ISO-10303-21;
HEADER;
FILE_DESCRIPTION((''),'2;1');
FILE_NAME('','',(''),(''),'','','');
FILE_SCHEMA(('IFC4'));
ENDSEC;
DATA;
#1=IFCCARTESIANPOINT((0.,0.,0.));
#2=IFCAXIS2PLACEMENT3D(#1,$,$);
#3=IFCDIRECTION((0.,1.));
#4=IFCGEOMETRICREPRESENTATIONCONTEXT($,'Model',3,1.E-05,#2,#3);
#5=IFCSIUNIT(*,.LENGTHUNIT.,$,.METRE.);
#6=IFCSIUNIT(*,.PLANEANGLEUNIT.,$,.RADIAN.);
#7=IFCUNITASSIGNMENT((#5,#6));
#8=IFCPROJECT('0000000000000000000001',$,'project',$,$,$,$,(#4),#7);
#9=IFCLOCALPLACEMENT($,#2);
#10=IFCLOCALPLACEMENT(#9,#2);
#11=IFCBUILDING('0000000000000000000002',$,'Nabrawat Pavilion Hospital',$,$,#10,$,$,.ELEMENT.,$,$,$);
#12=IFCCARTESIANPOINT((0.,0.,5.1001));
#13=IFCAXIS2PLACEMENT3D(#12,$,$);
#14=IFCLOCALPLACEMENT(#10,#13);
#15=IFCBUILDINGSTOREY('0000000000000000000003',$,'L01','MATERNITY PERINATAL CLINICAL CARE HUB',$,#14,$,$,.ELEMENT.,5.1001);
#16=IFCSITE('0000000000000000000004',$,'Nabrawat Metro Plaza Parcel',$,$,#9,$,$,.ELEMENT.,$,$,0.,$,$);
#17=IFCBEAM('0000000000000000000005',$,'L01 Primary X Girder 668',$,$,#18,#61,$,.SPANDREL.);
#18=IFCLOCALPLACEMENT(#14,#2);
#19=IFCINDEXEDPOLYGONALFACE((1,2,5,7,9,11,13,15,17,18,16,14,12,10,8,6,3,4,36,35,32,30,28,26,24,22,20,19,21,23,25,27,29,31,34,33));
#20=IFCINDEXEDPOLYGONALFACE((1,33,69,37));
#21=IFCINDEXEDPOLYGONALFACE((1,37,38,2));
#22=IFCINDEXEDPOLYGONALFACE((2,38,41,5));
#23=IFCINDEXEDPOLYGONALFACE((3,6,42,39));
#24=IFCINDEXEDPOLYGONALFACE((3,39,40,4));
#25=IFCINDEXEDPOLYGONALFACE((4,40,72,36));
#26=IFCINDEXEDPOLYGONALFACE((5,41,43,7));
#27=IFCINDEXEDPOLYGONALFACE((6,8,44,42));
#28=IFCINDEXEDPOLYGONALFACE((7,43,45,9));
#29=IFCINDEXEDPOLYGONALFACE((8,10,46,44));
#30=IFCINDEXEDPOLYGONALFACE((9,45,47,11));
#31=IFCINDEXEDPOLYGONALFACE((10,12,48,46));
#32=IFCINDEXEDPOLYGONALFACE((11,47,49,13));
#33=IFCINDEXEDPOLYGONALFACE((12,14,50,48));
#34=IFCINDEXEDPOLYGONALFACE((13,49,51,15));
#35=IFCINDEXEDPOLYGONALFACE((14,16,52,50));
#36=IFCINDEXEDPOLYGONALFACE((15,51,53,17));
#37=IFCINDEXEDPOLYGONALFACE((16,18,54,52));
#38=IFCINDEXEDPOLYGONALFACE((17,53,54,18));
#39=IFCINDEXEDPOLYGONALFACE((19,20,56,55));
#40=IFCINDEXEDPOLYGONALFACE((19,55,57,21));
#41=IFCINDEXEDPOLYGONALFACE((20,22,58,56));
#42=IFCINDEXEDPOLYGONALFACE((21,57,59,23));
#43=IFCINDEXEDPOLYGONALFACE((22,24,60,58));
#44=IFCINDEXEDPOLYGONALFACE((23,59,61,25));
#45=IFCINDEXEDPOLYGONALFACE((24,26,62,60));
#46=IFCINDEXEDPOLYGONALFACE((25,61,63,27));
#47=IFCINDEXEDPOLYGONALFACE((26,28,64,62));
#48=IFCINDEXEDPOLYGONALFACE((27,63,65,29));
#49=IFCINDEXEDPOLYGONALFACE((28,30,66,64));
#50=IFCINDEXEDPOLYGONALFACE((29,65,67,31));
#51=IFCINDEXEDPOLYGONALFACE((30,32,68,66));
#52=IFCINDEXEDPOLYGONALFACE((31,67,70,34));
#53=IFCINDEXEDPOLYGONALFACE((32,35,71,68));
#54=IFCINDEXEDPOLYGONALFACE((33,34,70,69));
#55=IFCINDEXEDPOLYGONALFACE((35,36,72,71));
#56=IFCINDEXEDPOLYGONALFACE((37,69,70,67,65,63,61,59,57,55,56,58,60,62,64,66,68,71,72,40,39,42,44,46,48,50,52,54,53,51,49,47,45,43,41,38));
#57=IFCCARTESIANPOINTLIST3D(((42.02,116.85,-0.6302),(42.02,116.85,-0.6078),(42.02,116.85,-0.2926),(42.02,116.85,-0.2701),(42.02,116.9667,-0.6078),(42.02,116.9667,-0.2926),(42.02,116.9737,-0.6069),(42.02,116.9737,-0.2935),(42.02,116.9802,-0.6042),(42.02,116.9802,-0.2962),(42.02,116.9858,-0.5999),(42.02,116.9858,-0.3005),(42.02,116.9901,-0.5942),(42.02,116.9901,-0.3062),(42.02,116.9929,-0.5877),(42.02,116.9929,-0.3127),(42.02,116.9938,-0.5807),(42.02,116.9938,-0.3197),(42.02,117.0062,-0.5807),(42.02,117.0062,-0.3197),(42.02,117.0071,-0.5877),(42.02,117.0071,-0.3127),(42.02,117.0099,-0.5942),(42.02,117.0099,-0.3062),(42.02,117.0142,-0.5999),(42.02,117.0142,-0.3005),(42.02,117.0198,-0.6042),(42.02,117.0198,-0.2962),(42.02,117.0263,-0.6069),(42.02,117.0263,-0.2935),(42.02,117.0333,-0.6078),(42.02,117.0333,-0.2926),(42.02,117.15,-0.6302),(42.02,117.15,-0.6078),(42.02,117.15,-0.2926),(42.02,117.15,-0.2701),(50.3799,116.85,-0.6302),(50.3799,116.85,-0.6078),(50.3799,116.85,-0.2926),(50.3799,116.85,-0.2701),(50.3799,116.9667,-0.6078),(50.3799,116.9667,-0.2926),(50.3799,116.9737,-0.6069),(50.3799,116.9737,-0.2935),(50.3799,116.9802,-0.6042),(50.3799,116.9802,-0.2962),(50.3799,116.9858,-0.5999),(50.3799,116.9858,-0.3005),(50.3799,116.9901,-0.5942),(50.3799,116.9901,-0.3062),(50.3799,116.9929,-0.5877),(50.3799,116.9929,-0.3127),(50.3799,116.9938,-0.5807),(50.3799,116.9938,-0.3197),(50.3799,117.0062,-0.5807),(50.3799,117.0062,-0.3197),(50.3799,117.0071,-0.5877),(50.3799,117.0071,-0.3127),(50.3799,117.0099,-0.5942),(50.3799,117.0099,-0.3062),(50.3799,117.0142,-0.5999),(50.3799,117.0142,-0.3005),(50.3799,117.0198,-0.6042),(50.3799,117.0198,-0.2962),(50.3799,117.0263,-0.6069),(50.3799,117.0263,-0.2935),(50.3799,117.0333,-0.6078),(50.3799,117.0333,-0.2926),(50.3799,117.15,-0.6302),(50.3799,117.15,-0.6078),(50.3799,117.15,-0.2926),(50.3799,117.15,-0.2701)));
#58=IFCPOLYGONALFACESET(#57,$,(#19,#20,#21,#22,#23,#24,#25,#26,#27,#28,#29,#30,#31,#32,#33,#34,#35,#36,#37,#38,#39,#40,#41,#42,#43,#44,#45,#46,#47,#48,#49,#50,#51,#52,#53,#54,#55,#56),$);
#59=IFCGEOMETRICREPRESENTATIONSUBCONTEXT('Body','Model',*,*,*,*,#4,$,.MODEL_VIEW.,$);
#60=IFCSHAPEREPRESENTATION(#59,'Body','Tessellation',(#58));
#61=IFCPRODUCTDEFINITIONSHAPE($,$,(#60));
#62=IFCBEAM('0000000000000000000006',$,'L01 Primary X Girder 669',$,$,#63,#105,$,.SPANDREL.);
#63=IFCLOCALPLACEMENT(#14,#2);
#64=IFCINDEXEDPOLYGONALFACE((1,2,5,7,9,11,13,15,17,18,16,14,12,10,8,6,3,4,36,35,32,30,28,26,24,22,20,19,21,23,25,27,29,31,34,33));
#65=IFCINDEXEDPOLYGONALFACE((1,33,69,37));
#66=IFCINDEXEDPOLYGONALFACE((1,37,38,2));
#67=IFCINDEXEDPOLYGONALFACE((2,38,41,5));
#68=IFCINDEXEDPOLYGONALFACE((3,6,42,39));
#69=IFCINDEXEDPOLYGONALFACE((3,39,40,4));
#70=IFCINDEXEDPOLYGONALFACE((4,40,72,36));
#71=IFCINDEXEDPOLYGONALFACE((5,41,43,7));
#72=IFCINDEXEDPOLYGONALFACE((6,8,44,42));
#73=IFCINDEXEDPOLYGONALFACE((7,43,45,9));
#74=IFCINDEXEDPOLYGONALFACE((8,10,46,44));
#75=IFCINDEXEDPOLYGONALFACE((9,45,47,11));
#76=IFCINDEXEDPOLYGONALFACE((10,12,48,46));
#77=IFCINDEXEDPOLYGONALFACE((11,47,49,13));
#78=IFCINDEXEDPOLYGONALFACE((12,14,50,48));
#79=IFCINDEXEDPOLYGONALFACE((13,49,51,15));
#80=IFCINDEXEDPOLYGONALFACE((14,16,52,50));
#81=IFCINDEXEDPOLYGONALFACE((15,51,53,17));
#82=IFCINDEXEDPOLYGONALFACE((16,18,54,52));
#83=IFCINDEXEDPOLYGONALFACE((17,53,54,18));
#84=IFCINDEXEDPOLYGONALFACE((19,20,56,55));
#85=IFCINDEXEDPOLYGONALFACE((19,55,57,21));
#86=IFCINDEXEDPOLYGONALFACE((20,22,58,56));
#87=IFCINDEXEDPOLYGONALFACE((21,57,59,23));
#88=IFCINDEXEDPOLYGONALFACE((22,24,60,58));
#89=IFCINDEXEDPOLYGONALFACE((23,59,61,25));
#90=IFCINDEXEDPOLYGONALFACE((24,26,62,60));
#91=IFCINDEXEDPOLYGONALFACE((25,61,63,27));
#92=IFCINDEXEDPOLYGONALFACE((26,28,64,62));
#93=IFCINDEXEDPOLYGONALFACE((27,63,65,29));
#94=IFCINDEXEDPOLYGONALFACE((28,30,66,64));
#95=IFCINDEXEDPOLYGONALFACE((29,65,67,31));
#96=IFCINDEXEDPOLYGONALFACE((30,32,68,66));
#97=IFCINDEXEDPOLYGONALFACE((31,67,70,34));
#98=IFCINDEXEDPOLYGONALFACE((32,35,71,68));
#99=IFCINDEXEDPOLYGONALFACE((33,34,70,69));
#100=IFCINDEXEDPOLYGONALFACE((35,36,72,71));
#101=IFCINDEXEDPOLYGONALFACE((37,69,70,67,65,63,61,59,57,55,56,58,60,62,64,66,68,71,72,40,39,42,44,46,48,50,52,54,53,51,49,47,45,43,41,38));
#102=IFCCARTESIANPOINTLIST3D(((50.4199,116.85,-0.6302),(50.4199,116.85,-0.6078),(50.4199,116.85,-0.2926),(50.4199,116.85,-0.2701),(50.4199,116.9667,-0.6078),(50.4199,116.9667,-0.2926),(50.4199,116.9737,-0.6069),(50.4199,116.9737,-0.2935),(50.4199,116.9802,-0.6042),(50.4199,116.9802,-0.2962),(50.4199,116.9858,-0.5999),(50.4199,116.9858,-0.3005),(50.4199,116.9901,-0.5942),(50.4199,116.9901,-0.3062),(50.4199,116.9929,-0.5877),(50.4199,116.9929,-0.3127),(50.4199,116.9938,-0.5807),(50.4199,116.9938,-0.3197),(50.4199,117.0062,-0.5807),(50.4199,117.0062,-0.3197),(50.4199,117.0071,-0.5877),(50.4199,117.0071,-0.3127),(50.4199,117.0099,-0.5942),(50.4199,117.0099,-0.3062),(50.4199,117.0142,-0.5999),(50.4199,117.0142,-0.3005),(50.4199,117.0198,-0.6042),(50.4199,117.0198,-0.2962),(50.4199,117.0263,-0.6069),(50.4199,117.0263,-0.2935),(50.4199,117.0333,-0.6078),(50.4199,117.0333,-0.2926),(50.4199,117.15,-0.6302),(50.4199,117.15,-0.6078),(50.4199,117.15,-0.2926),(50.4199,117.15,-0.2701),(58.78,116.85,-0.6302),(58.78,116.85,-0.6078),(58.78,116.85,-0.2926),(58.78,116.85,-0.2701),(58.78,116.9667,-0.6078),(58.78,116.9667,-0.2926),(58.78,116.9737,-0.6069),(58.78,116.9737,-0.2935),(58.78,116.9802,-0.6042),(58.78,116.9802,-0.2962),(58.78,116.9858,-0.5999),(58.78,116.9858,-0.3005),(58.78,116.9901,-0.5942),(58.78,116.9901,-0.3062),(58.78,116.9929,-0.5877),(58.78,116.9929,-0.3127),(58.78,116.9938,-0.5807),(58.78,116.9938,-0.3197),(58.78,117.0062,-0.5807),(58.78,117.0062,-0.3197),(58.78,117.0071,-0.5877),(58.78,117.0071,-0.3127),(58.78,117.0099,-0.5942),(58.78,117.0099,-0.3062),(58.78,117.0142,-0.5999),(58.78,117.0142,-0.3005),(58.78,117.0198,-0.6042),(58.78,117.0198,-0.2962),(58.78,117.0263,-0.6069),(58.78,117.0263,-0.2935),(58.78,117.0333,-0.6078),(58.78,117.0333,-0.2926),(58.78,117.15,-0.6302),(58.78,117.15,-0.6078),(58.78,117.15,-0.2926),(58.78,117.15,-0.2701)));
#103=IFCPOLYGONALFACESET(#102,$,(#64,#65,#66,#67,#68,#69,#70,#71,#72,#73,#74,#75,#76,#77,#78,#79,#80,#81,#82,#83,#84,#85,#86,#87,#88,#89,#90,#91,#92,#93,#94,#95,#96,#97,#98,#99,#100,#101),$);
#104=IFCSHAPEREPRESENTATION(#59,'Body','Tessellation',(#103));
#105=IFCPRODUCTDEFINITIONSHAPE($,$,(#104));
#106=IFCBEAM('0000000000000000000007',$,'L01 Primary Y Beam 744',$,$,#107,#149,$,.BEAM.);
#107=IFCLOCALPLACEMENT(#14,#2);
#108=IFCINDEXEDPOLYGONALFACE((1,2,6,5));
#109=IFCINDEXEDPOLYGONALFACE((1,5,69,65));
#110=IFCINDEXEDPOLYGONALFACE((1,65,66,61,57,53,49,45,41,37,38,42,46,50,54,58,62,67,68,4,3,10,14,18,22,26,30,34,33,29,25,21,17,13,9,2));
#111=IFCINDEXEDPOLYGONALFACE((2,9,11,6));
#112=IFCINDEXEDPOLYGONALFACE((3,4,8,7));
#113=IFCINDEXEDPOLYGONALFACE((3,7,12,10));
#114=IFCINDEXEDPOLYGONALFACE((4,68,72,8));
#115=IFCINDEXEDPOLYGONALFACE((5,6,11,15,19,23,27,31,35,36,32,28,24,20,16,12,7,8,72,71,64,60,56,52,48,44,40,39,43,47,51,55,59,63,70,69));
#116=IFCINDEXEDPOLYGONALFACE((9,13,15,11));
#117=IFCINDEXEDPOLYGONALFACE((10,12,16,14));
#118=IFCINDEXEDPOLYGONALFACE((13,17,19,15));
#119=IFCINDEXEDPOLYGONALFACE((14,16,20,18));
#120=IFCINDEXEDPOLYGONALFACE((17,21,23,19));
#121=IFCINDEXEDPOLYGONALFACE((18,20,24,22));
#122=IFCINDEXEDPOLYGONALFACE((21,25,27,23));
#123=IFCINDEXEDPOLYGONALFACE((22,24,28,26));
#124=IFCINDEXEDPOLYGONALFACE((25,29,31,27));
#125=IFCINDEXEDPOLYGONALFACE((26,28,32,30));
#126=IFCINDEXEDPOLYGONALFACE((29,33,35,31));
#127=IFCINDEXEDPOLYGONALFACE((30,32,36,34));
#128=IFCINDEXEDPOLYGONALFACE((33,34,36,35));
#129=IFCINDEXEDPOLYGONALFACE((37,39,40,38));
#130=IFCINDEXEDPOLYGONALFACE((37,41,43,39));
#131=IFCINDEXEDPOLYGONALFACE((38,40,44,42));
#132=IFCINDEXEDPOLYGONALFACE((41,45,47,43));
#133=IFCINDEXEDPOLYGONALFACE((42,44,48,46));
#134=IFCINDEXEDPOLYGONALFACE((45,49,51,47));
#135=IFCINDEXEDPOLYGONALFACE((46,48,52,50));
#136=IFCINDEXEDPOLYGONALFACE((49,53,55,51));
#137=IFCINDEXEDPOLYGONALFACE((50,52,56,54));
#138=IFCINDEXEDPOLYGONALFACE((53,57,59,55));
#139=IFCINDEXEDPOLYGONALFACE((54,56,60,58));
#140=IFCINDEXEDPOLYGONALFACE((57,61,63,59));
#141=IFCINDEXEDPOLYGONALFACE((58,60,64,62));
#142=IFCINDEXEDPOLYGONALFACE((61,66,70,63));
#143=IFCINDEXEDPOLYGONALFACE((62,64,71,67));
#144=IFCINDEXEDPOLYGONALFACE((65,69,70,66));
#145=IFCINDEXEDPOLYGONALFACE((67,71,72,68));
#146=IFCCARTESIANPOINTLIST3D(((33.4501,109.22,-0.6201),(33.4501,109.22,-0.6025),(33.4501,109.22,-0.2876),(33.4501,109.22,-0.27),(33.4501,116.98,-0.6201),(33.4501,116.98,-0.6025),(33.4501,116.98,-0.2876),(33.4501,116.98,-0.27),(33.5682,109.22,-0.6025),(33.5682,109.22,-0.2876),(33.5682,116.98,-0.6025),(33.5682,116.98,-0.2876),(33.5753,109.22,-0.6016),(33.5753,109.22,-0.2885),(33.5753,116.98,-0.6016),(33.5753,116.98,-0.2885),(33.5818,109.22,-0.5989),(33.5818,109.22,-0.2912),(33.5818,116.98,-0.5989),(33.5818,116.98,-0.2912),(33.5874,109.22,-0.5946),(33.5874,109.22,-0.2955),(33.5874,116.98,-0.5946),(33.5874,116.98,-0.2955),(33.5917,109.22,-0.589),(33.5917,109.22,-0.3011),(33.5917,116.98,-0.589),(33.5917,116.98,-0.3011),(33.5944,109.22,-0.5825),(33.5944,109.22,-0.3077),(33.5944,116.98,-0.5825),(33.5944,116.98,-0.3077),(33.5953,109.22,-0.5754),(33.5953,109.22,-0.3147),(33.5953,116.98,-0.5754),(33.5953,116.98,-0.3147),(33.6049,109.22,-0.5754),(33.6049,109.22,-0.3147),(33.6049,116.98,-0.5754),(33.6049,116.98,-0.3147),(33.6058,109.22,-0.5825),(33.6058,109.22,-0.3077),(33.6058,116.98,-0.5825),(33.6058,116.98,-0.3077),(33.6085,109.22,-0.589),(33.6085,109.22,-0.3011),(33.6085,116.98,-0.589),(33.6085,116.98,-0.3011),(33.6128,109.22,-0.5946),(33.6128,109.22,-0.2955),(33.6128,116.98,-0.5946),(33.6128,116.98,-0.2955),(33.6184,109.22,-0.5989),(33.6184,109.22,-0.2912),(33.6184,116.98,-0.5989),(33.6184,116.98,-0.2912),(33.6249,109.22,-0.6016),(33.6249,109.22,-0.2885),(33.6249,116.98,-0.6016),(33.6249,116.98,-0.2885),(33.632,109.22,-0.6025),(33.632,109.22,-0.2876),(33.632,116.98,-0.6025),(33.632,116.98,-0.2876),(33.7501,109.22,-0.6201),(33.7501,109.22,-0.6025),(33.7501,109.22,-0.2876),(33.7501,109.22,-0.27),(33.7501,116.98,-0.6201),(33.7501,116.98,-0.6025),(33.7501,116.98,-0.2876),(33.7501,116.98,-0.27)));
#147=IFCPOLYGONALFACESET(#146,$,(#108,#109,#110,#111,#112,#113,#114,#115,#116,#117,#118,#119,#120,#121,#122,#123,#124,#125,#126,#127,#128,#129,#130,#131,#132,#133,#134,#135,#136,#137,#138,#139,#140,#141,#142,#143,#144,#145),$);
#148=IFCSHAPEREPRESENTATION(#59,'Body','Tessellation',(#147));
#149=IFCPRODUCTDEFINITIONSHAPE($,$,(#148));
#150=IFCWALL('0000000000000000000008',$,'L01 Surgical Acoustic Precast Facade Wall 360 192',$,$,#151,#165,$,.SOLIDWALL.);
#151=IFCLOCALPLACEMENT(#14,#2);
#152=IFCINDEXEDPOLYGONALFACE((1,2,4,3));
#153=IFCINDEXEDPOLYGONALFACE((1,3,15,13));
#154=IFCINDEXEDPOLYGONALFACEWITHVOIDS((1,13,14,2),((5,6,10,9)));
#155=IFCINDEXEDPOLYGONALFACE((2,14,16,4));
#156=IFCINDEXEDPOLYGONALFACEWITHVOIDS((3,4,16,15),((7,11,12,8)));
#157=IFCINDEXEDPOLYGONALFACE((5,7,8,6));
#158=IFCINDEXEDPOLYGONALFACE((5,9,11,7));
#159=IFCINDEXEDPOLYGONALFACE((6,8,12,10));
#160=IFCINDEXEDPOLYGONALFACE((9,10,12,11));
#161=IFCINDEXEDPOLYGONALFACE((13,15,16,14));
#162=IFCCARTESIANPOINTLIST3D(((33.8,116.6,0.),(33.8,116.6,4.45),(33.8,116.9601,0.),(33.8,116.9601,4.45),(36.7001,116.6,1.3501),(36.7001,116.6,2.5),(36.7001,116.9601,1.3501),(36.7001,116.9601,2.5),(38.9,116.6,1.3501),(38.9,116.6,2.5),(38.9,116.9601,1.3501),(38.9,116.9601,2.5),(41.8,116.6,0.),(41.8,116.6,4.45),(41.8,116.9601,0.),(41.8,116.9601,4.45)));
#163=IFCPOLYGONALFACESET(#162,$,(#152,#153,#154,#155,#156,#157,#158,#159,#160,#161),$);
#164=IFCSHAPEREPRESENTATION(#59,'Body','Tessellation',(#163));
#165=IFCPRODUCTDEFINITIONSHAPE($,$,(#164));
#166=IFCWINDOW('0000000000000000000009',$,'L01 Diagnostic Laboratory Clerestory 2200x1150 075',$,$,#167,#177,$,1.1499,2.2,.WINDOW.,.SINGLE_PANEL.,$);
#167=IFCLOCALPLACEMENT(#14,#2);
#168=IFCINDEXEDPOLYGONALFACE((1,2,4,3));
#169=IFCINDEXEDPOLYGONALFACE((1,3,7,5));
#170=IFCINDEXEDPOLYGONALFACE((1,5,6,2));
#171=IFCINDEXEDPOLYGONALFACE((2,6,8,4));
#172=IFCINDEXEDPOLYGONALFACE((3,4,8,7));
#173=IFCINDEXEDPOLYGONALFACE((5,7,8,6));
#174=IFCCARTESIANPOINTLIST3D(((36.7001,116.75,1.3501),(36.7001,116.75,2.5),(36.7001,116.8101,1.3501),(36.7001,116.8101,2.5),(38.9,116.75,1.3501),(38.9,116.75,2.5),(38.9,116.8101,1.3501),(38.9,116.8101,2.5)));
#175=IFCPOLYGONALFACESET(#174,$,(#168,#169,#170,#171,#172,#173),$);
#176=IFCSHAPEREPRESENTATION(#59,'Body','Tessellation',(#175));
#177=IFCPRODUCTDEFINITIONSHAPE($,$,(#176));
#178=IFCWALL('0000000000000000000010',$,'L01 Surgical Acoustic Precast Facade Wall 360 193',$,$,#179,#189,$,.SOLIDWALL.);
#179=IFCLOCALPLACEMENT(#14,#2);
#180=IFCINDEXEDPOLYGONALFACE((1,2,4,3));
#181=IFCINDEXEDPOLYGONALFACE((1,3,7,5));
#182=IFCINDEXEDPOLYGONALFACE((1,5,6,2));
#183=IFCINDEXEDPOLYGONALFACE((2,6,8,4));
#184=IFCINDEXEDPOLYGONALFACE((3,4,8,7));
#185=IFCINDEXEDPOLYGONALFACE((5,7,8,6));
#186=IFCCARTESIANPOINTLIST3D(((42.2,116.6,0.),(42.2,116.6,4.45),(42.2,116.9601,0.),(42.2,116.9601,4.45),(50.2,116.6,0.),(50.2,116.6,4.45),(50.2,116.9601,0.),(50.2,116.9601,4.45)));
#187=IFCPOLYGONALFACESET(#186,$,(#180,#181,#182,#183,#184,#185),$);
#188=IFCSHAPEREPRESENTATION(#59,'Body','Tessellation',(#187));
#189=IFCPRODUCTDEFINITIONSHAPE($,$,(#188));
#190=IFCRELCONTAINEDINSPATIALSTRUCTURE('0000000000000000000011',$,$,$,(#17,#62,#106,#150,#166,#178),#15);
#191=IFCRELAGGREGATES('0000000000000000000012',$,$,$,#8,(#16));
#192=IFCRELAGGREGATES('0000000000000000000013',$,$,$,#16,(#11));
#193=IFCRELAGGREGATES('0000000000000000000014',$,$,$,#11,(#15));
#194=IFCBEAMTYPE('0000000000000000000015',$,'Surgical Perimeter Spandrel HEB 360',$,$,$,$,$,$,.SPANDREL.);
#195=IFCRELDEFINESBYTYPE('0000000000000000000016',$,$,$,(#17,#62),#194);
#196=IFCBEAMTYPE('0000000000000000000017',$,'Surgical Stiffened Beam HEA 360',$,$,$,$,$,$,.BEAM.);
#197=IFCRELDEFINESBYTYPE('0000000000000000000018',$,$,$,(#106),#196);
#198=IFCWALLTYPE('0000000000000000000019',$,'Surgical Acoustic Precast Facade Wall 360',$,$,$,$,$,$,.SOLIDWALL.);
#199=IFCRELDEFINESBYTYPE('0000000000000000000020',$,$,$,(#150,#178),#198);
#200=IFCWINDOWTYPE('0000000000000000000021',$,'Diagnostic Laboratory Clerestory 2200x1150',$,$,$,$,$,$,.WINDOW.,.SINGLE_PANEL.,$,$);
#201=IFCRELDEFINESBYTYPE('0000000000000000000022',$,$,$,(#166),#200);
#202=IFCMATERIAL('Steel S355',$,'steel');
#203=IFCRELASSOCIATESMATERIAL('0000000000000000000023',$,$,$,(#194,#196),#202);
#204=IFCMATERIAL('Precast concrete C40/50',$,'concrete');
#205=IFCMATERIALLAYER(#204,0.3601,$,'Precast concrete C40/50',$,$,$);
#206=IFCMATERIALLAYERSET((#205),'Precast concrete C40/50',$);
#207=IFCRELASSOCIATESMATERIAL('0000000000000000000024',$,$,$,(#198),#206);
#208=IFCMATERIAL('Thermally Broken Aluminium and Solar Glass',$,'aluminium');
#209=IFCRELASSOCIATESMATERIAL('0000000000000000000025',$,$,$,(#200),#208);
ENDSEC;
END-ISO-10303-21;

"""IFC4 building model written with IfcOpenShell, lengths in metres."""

from ifc_helpers import new_model, si_unit, direction, frame, frame_2d, origin, origin_2d, place, context, subcontext, project, spatial, rectangle, i_section, extrude, material, layer, layer_set, material_profile, profile_set, type_object, element, fill, save


model = new_model("IFC4")

# Units and contexts
model_context = context("Model", 3, precision=1e-05, world=origin(), true_north=direction((0.0, 1.0)))
body_context = subcontext(model_context, "Body", "Model", "MODEL_VIEW")
ifc_project = project(units=[si_unit("LENGTHUNIT", "METRE"), si_unit("PLANEANGLEUNIT", "RADIAN")], contexts=[model_context])

# Site, building, storey
site_placement = place(None, origin())
site = spatial("IfcSite", under=ifc_project, at=site_placement, Name="Nabrawat Metro Plaza Parcel", CompositionType="ELEMENT", RefElevation=0.0)
building_placement = place(site_placement, origin())
building = spatial("IfcBuilding", under=site, at=building_placement, Name="Nabrawat Pavilion Hospital", CompositionType="ELEMENT")
storey_placement = place(building_placement, frame((0.0, 0.0, 5.1001)))
storey = spatial("IfcBuildingStorey", under=building, at=storey_placement, Name="L01", Description="MATERNITY PERINATAL CLINICAL CARE HUB", CompositionType="ELEMENT", Elevation=5.1001)

# Shared definitions
ifc_material_1 = material(Name="Steel S355", Category="steel")

# Beams
ifc_material_profile_1 = material_profile(ifc_material_1, i_section(OverallWidth=0.3, OverallDepth=0.3601, WebThickness=0.0125, FlangeThickness=0.0225, FilletRadius=0.0271, at=origin_2d()), Name="HEB 360")
ifc_profile_set_1 = profile_set([ifc_material_profile_1], Name="Steel S355")
beam_type_1 = type_object("IfcBeamType", Name="Surgical Perimeter Spandrel HEB 360", PredefinedType="SPANDREL", material=ifc_profile_set_1)
for number, where, z_axis, x_axis, name in (
    (1, (42.02, 117.0, -0.4502), (1.0, 0.0, 0.0), (0.0, 1.0, 0.0), "L01 Primary X Girder 668"),
):
    element("IfcBeam", number, at=place(storey_placement, frame(where, z_axis=z_axis, x_axis=x_axis)), inside=storey, type_object=beam_type_1, Name=name, PredefinedType="SPANDREL", context=body_context, shape_type="SweptSolid", body=[
        extrude(i_section(OverallWidth=0.3, OverallDepth=0.3601, WebThickness=0.0125, FlangeThickness=0.0225, FilletRadius=0.0271, at=origin_2d()), origin(), (0.0, 0.0, 1.0), 8.3599),
    ])
beam_1_placement = place(storey_placement, frame((50.4199, 117.0, -0.4502), z_axis=(1.0, 0.0, 0.0), x_axis=(0.0, 1.0, 0.0)))
element("IfcBeam", 2, at=beam_1_placement, inside=storey, type_object=beam_type_1, Name="L01 Primary X Girder 669", PredefinedType="SPANDREL", context=body_context, shape_type="SweptSolid", body=[
    extrude(i_section(OverallWidth=0.3, OverallDepth=0.3601, WebThickness=0.0125, FlangeThickness=0.0225, FilletRadius=0.0271, at=origin_2d()), origin(), (0.0, 0.0, 1.0), 8.3601),
])
ifc_material_profile_2 = material_profile(ifc_material_1, i_section(OverallWidth=0.3, OverallDepth=0.3501, WebThickness=0.0095, FlangeThickness=0.0176, FilletRadius=0.0271, at=origin_2d()), Name="HEA 360")
ifc_profile_set_2 = profile_set([ifc_material_profile_2], Name="Steel S355")
beam_type_2 = type_object("IfcBeamType", Name="Surgical Stiffened Beam HEA 360", PredefinedType="BEAM", material=ifc_profile_set_2)
beam_2_placement = place(storey_placement, frame((33.6001, 109.22, -0.4451), z_axis=(0.0, 1.0, 0.0), x_axis=(-1.0, 0.0, 0.0)))
element("IfcBeam", 3, at=beam_2_placement, inside=storey, type_object=beam_type_2, Name="L01 Primary Y Beam 744", PredefinedType="BEAM", context=body_context, shape_type="SweptSolid", body=[
    extrude(i_section(OverallWidth=0.3, OverallDepth=0.3501, WebThickness=0.0095, FlangeThickness=0.0176, FilletRadius=0.0271, at=origin_2d()), origin(), (0.0, 0.0, 1.0), 7.76),
])

# Wall, opening, window
ifc_material_2 = material(Name="Precast concrete C40/50", Category="concrete")
ifc_layer = layer(ifc_material_2, 0.3601, Name="Precast concrete C40/50")
ifc_layer_set = layer_set([ifc_layer], Name="Precast concrete C40/50")
wall_type = type_object("IfcWallType", Name="Surgical Acoustic Precast Facade Wall 360", PredefinedType="SOLIDWALL", material=ifc_layer_set)
wall_1_placement = place(storey_placement, frame((33.8, 116.78, 0.0), z_axis=(0.0, 0.0, 1.0), x_axis=(1.0, 0.0, 0.0)))
wall_1 = element("IfcWall", 4, at=wall_1_placement, inside=storey, type_object=wall_type, Name="L01 Surgical Acoustic Precast Facade Wall 360 192", PredefinedType="SOLIDWALL", context=body_context, shape_type="SweptSolid", body=[
    extrude(rectangle(XDim=8.0, YDim=0.3601, at=frame_2d((4.0, 0.0))), origin(), (0.0, 0.0, 1.0), 4.45),
])
opening_placement = place(wall_1_placement, frame((2.8999, 0.0, 1.3501)))
opening = element("IfcOpeningElement", 5, at=opening_placement, cuts=wall_1, PredefinedType="OPENING", context=body_context, shape_type="SweptSolid", body=[
    extrude(rectangle(XDim=2.2, YDim=1.1499, at=frame_2d((1.1001, 0.575))), frame((0.0, 0.1899, 0.0), z_axis=(0.0, -1.0, 0.0), x_axis=(1.0, 0.0, 0.0)), (0.0, 0.0, 1.0), 0.3801),
])
ifc_material_3 = material(Name="Thermally Broken Aluminium and Solar Glass", Category="aluminium")
window_type = type_object("IfcWindowType", Name="Diagnostic Laboratory Clerestory 2200x1150", PartitioningType="SINGLE_PANEL", PredefinedType="WINDOW", material=ifc_material_3)
window_placement = place(opening_placement, origin())
window = element("IfcWindow", 6, at=window_placement, inside=storey, type_object=window_type, Name="L01 Diagnostic Laboratory Clerestory 2200x1150 075", OverallHeight=1.1499, OverallWidth=2.2, PartitioningType="SINGLE_PANEL", PredefinedType="WINDOW", context=body_context, shape_type="SweptSolid", body=[
    extrude(rectangle(XDim=2.2, YDim=1.1499, at=frame_2d((1.1001, 0.575))), frame((0.0, 0.03, 0.0), z_axis=(0.0, -1.0, 0.0), x_axis=(1.0, 0.0, 0.0)), (0.0, 0.0, 1.0), 0.0601),
])
fill(opening, window)

# Wall
wall_2_placement = place(storey_placement, frame((42.2, 116.78, 0.0), z_axis=(0.0, 0.0, 1.0), x_axis=(1.0, 0.0, 0.0)))
element("IfcWall", 7, at=wall_2_placement, inside=storey, type_object=wall_type, Name="L01 Surgical Acoustic Precast Facade Wall 360 193", PredefinedType="SOLIDWALL", context=body_context, shape_type="SweptSolid", body=[
    extrude(rectangle(XDim=8.0, YDim=0.3601, at=frame_2d((4.0, 0.0))), origin(), (0.0, 0.0, 1.0), 4.45),
])

save(model, "model.ifc")
